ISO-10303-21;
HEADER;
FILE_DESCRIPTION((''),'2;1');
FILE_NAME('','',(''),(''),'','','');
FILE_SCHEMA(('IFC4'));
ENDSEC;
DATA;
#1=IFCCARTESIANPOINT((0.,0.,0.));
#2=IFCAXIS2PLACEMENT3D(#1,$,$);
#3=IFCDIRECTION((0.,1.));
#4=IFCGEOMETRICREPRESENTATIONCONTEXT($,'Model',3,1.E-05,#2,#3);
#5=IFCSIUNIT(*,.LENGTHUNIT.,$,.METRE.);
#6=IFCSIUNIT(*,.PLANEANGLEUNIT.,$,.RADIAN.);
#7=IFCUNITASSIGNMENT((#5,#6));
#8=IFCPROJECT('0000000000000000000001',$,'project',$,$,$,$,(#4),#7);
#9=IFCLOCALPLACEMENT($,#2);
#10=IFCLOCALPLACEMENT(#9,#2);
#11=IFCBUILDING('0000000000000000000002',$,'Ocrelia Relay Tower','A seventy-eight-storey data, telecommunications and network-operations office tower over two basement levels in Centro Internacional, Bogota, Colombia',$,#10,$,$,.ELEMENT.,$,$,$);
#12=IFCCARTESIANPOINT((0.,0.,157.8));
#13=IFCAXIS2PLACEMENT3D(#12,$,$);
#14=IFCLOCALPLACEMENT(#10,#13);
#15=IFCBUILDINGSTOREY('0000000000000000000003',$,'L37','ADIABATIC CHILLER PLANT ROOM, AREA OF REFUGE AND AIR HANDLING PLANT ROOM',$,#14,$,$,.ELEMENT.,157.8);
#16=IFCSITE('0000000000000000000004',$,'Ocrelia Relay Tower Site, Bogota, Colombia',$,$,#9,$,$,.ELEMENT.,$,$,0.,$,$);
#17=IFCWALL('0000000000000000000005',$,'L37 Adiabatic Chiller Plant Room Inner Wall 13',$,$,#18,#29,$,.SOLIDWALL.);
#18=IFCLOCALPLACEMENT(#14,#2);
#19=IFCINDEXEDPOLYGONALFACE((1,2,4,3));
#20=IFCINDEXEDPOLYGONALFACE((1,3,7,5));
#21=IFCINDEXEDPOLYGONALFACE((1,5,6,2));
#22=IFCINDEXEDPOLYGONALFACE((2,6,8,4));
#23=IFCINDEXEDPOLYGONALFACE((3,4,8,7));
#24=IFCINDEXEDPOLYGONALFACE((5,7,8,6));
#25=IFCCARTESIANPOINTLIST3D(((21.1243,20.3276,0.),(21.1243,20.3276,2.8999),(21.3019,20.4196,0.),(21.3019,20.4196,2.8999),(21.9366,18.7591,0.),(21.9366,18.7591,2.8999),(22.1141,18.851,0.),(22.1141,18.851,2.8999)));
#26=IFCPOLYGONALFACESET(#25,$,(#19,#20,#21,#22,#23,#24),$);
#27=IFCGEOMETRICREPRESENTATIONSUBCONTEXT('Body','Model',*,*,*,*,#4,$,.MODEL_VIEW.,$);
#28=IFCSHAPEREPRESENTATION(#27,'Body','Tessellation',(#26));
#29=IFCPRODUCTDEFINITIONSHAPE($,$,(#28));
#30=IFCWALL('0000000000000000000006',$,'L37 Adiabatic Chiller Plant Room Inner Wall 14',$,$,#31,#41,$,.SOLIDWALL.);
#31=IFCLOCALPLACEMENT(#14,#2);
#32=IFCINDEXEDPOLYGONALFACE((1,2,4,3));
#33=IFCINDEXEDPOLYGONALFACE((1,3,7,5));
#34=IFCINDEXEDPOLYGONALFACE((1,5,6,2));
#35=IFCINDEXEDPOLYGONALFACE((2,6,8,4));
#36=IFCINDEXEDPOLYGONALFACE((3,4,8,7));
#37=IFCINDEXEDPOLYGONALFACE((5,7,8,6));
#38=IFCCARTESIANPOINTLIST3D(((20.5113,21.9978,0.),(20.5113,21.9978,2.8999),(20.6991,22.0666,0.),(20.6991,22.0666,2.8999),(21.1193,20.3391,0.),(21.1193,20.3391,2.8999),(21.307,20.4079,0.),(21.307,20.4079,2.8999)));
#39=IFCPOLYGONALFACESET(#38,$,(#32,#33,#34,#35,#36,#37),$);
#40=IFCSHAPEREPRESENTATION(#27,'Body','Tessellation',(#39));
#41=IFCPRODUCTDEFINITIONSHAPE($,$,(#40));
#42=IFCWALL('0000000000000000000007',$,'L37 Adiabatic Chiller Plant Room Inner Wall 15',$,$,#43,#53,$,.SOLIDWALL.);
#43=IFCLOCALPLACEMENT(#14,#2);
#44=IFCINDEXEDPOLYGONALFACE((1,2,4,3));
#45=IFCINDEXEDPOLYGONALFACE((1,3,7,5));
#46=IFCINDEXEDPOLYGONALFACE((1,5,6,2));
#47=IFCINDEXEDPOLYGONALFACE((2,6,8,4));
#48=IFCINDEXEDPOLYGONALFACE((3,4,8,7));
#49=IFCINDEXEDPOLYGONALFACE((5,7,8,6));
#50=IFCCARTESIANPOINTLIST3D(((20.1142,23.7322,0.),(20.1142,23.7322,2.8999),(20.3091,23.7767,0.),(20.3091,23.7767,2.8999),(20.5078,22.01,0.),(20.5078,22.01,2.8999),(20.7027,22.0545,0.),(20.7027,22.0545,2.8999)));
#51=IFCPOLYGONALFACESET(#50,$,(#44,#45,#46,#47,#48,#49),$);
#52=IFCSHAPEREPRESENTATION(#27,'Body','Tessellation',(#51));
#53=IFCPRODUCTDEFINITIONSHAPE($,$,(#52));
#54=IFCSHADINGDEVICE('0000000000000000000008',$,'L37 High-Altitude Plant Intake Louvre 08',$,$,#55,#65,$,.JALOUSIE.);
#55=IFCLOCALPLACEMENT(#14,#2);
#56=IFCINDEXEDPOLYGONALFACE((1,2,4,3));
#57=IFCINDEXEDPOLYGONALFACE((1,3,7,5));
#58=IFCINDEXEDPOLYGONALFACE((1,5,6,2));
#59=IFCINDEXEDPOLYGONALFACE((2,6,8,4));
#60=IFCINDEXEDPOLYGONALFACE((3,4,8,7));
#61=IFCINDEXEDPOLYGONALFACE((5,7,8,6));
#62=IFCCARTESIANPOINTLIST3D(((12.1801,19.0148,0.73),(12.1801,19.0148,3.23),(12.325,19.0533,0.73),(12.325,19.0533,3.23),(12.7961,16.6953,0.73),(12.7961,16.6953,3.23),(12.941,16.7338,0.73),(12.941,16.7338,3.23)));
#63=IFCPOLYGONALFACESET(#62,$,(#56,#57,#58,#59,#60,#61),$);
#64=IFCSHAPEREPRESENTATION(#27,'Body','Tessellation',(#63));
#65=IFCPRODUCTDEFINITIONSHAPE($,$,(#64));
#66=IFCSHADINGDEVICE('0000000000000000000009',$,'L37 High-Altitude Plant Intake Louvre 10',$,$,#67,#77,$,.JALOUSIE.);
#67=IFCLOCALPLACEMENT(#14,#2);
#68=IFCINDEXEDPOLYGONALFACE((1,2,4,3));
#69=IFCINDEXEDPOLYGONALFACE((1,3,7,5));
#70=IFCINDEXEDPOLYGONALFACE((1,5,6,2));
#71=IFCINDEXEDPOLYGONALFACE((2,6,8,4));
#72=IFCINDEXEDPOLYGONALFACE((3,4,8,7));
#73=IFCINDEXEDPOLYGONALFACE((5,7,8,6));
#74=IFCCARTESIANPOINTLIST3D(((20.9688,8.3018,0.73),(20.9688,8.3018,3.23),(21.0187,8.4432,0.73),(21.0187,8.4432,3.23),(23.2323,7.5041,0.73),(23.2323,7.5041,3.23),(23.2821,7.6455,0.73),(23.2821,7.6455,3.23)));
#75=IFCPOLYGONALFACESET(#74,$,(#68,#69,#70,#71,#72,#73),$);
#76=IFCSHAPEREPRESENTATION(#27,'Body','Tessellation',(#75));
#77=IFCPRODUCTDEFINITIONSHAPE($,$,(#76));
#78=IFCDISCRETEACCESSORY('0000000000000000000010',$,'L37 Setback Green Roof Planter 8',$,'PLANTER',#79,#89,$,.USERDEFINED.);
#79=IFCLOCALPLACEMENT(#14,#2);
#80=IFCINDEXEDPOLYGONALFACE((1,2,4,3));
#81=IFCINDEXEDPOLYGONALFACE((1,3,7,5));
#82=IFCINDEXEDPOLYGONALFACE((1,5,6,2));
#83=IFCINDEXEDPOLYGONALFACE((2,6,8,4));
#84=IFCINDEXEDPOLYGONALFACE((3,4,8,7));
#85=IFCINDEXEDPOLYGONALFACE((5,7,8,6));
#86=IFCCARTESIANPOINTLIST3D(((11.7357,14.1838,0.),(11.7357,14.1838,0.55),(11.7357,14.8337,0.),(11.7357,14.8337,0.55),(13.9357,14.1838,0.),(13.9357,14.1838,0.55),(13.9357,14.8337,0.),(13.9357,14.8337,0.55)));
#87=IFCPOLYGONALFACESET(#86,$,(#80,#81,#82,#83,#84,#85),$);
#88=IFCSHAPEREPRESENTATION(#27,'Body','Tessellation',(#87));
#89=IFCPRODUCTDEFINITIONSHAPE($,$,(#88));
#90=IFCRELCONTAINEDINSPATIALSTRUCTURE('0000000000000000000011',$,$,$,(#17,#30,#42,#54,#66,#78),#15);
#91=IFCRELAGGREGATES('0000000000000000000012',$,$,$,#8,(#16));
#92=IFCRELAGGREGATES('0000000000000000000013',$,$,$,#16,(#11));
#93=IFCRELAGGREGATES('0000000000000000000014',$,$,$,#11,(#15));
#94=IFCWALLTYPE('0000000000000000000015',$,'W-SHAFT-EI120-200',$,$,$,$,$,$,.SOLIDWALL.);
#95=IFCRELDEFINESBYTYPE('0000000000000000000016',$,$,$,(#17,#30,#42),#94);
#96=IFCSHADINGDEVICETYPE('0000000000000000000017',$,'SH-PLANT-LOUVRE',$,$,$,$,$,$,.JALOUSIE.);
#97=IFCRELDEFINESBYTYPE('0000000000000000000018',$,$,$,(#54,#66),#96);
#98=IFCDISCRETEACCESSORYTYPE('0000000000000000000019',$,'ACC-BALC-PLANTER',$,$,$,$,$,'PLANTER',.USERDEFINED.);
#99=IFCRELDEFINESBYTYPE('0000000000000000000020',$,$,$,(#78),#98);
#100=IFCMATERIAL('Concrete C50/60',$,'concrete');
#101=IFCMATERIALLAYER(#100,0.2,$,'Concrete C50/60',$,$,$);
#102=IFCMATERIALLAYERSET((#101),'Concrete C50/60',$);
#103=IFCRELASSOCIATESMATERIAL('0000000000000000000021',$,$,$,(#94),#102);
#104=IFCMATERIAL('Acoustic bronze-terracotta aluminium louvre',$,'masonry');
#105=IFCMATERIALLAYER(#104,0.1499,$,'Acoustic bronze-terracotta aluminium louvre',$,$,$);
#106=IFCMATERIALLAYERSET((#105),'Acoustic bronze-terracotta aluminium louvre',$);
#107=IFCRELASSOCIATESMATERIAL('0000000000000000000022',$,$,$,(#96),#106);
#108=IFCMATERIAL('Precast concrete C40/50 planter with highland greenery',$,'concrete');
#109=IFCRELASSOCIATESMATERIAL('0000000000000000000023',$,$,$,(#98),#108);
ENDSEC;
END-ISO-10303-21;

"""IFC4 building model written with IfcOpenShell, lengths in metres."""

from ifc_helpers import new_model, si_unit, direction, frame, frame_2d, origin, origin_2d, place, context, subcontext, project, spatial, rectangle, extrude, material, layer, layer_set, type_object, element, save


model = new_model("IFC4")

# Units and contexts
model_context = context("Model", 3, precision=1e-05, world=origin(), true_north=direction((0.0, 1.0)))
body_context = subcontext(model_context, "Body", "Model", "MODEL_VIEW")
ifc_project = project(units=[si_unit("LENGTHUNIT", "METRE"), si_unit("PLANEANGLEUNIT", "RADIAN")], contexts=[model_context])

# Site, building, storey
site_placement = place(None, origin())
site = spatial("IfcSite", under=ifc_project, at=site_placement, Name="Ocrelia Relay Tower Site, Bogota, Colombia", CompositionType="ELEMENT", RefElevation=0.0)
building_placement = place(site_placement, origin())
building = spatial("IfcBuilding", under=site, at=building_placement, Name="Ocrelia Relay Tower", Description="A seventy-eight-storey data, telecommunications and network-operations office tower over two basement levels in Centro Internacional, Bogota, Colombia", CompositionType="ELEMENT")
storey_placement = place(building_placement, frame((0.0, 0.0, 157.8)))
storey = spatial("IfcBuildingStorey", under=building, at=storey_placement, Name="L37", Description="ADIABATIC CHILLER PLANT ROOM, AREA OF REFUGE AND AIR HANDLING PLANT ROOM", CompositionType="ELEMENT", Elevation=157.8)

# Shared definitions
ifc_material_1 = material(Name="Concrete C50/60", Category="concrete")

# Walls
ifc_layer_1 = layer(ifc_material_1, 0.2, Name="Concrete C50/60")
ifc_layer_set_1 = layer_set([ifc_layer_1], Name="Concrete C50/60")
wall_type_1 = type_object("IfcWallType", Name="W-SHAFT-EI120-200", PredefinedType="SOLIDWALL", material=ifc_layer_set_1)
for number, where, z_axis, x_axis, name in (
    (1, (22.0254, 18.8049, 0.0), (0.0, 0.0, 1.0), (-0.459829, 0.888008, 0.0), "L37 Adiabatic Chiller Plant Room Inner Wall 13"),
):
    element("IfcWall", number, at=place(storey_placement, frame(where, z_axis=z_axis, x_axis=x_axis)), inside=storey, type_object=wall_type_1, Name=name, PredefinedType="SOLIDWALL", context=body_context, shape_type="SweptSolid", body=[
        extrude(rectangle(XDim=1.7664, YDim=0.2, at=frame_2d((0.8833, 0.0))), origin(), (0.0, 0.0, 1.0), 2.8999),
    ])
for number, where, z_axis, x_axis, name in (
    (2, (21.2131, 20.3735, 0.0), (0.0, 0.0, 1.0), (-0.344117, 0.938927, 0.0), "L37 Adiabatic Chiller Plant Room Inner Wall 14"),
    (3, (20.6052, 22.0322, 0.0), (0.0, 0.0, 1.0), (-0.22278, 0.974869, 0.0), "L37 Adiabatic Chiller Plant Room Inner Wall 15"),
):
    element("IfcWall", number, at=place(storey_placement, frame(where, z_axis=z_axis, x_axis=x_axis)), inside=storey, type_object=wall_type_1, Name=name, PredefinedType="SOLIDWALL", context=body_context, shape_type="SweptSolid", body=[
        extrude(rectangle(XDim=1.7666, YDim=0.2, at=frame_2d((0.8833, 0.0))), origin(), (0.0, 0.0, 1.0), 2.8999),
    ])

# Shading devices
ifc_material_2 = material(Name="Acoustic bronze-terracotta aluminium louvre", Category="masonry")
ifc_layer_2 = layer(ifc_material_2, 0.1499, Name="Acoustic bronze-terracotta aluminium louvre")
ifc_layer_set_2 = layer_set([ifc_layer_2], Name="Acoustic bronze-terracotta aluminium louvre")
shading_device_type = type_object("IfcShadingDeviceType", Name="SH-PLANT-LOUVRE", PredefinedType="JALOUSIE", material=ifc_layer_set_2)
for number, where, z_axis, x_axis, name in (
    (4, (12.5605, 17.8743, 0.73), (0.0, 0.0, 1.0), (0.256692, -0.966493, 0.0), "L37 High-Altitude Plant Intake Louvre 08"),
    (5, (22.1255, 7.9736, 0.73), (0.0, 0.0, 1.0), (0.943147, -0.332375, 0.0), "L37 High-Altitude Plant Intake Louvre 10"),
):
    element("IfcShadingDevice", number, at=place(storey_placement, frame(where, z_axis=z_axis, x_axis=x_axis)), inside=storey, type_object=shading_device_type, Name=name, PredefinedType="JALOUSIE", context=body_context, shape_type="SweptSolid", body=[
        extrude(rectangle(XDim=2.3999, YDim=0.1499, at=origin_2d()), origin(), (0.0, 0.0, 1.0), 2.5),
    ])

# Discrete accessory
ifc_material_3 = material(Name="Precast concrete C40/50 planter with highland greenery", Category="concrete")
discrete_accessory_type = type_object("IfcDiscreteAccessoryType", Name="ACC-BALC-PLANTER", ElementType="PLANTER", PredefinedType="USERDEFINED", material=ifc_material_3)
discrete_accessory_placement = place(storey_placement, frame((12.8357, 14.5088, 0.0), z_axis=(0.0, 0.0, 1.0), x_axis=(1.0, 0.0, 0.0)))
element("IfcDiscreteAccessory", 6, at=discrete_accessory_placement, inside=storey, type_object=discrete_accessory_type, Name="L37 Setback Green Roof Planter 8", ObjectType="PLANTER", PredefinedType="USERDEFINED", context=body_context, shape_type="SweptSolid", body=[
    extrude(rectangle(XDim=2.2, YDim=0.6499, at=origin_2d()), origin(), (0.0, 0.0, 1.0), 0.55),
])

save(model, "model.ifc")
